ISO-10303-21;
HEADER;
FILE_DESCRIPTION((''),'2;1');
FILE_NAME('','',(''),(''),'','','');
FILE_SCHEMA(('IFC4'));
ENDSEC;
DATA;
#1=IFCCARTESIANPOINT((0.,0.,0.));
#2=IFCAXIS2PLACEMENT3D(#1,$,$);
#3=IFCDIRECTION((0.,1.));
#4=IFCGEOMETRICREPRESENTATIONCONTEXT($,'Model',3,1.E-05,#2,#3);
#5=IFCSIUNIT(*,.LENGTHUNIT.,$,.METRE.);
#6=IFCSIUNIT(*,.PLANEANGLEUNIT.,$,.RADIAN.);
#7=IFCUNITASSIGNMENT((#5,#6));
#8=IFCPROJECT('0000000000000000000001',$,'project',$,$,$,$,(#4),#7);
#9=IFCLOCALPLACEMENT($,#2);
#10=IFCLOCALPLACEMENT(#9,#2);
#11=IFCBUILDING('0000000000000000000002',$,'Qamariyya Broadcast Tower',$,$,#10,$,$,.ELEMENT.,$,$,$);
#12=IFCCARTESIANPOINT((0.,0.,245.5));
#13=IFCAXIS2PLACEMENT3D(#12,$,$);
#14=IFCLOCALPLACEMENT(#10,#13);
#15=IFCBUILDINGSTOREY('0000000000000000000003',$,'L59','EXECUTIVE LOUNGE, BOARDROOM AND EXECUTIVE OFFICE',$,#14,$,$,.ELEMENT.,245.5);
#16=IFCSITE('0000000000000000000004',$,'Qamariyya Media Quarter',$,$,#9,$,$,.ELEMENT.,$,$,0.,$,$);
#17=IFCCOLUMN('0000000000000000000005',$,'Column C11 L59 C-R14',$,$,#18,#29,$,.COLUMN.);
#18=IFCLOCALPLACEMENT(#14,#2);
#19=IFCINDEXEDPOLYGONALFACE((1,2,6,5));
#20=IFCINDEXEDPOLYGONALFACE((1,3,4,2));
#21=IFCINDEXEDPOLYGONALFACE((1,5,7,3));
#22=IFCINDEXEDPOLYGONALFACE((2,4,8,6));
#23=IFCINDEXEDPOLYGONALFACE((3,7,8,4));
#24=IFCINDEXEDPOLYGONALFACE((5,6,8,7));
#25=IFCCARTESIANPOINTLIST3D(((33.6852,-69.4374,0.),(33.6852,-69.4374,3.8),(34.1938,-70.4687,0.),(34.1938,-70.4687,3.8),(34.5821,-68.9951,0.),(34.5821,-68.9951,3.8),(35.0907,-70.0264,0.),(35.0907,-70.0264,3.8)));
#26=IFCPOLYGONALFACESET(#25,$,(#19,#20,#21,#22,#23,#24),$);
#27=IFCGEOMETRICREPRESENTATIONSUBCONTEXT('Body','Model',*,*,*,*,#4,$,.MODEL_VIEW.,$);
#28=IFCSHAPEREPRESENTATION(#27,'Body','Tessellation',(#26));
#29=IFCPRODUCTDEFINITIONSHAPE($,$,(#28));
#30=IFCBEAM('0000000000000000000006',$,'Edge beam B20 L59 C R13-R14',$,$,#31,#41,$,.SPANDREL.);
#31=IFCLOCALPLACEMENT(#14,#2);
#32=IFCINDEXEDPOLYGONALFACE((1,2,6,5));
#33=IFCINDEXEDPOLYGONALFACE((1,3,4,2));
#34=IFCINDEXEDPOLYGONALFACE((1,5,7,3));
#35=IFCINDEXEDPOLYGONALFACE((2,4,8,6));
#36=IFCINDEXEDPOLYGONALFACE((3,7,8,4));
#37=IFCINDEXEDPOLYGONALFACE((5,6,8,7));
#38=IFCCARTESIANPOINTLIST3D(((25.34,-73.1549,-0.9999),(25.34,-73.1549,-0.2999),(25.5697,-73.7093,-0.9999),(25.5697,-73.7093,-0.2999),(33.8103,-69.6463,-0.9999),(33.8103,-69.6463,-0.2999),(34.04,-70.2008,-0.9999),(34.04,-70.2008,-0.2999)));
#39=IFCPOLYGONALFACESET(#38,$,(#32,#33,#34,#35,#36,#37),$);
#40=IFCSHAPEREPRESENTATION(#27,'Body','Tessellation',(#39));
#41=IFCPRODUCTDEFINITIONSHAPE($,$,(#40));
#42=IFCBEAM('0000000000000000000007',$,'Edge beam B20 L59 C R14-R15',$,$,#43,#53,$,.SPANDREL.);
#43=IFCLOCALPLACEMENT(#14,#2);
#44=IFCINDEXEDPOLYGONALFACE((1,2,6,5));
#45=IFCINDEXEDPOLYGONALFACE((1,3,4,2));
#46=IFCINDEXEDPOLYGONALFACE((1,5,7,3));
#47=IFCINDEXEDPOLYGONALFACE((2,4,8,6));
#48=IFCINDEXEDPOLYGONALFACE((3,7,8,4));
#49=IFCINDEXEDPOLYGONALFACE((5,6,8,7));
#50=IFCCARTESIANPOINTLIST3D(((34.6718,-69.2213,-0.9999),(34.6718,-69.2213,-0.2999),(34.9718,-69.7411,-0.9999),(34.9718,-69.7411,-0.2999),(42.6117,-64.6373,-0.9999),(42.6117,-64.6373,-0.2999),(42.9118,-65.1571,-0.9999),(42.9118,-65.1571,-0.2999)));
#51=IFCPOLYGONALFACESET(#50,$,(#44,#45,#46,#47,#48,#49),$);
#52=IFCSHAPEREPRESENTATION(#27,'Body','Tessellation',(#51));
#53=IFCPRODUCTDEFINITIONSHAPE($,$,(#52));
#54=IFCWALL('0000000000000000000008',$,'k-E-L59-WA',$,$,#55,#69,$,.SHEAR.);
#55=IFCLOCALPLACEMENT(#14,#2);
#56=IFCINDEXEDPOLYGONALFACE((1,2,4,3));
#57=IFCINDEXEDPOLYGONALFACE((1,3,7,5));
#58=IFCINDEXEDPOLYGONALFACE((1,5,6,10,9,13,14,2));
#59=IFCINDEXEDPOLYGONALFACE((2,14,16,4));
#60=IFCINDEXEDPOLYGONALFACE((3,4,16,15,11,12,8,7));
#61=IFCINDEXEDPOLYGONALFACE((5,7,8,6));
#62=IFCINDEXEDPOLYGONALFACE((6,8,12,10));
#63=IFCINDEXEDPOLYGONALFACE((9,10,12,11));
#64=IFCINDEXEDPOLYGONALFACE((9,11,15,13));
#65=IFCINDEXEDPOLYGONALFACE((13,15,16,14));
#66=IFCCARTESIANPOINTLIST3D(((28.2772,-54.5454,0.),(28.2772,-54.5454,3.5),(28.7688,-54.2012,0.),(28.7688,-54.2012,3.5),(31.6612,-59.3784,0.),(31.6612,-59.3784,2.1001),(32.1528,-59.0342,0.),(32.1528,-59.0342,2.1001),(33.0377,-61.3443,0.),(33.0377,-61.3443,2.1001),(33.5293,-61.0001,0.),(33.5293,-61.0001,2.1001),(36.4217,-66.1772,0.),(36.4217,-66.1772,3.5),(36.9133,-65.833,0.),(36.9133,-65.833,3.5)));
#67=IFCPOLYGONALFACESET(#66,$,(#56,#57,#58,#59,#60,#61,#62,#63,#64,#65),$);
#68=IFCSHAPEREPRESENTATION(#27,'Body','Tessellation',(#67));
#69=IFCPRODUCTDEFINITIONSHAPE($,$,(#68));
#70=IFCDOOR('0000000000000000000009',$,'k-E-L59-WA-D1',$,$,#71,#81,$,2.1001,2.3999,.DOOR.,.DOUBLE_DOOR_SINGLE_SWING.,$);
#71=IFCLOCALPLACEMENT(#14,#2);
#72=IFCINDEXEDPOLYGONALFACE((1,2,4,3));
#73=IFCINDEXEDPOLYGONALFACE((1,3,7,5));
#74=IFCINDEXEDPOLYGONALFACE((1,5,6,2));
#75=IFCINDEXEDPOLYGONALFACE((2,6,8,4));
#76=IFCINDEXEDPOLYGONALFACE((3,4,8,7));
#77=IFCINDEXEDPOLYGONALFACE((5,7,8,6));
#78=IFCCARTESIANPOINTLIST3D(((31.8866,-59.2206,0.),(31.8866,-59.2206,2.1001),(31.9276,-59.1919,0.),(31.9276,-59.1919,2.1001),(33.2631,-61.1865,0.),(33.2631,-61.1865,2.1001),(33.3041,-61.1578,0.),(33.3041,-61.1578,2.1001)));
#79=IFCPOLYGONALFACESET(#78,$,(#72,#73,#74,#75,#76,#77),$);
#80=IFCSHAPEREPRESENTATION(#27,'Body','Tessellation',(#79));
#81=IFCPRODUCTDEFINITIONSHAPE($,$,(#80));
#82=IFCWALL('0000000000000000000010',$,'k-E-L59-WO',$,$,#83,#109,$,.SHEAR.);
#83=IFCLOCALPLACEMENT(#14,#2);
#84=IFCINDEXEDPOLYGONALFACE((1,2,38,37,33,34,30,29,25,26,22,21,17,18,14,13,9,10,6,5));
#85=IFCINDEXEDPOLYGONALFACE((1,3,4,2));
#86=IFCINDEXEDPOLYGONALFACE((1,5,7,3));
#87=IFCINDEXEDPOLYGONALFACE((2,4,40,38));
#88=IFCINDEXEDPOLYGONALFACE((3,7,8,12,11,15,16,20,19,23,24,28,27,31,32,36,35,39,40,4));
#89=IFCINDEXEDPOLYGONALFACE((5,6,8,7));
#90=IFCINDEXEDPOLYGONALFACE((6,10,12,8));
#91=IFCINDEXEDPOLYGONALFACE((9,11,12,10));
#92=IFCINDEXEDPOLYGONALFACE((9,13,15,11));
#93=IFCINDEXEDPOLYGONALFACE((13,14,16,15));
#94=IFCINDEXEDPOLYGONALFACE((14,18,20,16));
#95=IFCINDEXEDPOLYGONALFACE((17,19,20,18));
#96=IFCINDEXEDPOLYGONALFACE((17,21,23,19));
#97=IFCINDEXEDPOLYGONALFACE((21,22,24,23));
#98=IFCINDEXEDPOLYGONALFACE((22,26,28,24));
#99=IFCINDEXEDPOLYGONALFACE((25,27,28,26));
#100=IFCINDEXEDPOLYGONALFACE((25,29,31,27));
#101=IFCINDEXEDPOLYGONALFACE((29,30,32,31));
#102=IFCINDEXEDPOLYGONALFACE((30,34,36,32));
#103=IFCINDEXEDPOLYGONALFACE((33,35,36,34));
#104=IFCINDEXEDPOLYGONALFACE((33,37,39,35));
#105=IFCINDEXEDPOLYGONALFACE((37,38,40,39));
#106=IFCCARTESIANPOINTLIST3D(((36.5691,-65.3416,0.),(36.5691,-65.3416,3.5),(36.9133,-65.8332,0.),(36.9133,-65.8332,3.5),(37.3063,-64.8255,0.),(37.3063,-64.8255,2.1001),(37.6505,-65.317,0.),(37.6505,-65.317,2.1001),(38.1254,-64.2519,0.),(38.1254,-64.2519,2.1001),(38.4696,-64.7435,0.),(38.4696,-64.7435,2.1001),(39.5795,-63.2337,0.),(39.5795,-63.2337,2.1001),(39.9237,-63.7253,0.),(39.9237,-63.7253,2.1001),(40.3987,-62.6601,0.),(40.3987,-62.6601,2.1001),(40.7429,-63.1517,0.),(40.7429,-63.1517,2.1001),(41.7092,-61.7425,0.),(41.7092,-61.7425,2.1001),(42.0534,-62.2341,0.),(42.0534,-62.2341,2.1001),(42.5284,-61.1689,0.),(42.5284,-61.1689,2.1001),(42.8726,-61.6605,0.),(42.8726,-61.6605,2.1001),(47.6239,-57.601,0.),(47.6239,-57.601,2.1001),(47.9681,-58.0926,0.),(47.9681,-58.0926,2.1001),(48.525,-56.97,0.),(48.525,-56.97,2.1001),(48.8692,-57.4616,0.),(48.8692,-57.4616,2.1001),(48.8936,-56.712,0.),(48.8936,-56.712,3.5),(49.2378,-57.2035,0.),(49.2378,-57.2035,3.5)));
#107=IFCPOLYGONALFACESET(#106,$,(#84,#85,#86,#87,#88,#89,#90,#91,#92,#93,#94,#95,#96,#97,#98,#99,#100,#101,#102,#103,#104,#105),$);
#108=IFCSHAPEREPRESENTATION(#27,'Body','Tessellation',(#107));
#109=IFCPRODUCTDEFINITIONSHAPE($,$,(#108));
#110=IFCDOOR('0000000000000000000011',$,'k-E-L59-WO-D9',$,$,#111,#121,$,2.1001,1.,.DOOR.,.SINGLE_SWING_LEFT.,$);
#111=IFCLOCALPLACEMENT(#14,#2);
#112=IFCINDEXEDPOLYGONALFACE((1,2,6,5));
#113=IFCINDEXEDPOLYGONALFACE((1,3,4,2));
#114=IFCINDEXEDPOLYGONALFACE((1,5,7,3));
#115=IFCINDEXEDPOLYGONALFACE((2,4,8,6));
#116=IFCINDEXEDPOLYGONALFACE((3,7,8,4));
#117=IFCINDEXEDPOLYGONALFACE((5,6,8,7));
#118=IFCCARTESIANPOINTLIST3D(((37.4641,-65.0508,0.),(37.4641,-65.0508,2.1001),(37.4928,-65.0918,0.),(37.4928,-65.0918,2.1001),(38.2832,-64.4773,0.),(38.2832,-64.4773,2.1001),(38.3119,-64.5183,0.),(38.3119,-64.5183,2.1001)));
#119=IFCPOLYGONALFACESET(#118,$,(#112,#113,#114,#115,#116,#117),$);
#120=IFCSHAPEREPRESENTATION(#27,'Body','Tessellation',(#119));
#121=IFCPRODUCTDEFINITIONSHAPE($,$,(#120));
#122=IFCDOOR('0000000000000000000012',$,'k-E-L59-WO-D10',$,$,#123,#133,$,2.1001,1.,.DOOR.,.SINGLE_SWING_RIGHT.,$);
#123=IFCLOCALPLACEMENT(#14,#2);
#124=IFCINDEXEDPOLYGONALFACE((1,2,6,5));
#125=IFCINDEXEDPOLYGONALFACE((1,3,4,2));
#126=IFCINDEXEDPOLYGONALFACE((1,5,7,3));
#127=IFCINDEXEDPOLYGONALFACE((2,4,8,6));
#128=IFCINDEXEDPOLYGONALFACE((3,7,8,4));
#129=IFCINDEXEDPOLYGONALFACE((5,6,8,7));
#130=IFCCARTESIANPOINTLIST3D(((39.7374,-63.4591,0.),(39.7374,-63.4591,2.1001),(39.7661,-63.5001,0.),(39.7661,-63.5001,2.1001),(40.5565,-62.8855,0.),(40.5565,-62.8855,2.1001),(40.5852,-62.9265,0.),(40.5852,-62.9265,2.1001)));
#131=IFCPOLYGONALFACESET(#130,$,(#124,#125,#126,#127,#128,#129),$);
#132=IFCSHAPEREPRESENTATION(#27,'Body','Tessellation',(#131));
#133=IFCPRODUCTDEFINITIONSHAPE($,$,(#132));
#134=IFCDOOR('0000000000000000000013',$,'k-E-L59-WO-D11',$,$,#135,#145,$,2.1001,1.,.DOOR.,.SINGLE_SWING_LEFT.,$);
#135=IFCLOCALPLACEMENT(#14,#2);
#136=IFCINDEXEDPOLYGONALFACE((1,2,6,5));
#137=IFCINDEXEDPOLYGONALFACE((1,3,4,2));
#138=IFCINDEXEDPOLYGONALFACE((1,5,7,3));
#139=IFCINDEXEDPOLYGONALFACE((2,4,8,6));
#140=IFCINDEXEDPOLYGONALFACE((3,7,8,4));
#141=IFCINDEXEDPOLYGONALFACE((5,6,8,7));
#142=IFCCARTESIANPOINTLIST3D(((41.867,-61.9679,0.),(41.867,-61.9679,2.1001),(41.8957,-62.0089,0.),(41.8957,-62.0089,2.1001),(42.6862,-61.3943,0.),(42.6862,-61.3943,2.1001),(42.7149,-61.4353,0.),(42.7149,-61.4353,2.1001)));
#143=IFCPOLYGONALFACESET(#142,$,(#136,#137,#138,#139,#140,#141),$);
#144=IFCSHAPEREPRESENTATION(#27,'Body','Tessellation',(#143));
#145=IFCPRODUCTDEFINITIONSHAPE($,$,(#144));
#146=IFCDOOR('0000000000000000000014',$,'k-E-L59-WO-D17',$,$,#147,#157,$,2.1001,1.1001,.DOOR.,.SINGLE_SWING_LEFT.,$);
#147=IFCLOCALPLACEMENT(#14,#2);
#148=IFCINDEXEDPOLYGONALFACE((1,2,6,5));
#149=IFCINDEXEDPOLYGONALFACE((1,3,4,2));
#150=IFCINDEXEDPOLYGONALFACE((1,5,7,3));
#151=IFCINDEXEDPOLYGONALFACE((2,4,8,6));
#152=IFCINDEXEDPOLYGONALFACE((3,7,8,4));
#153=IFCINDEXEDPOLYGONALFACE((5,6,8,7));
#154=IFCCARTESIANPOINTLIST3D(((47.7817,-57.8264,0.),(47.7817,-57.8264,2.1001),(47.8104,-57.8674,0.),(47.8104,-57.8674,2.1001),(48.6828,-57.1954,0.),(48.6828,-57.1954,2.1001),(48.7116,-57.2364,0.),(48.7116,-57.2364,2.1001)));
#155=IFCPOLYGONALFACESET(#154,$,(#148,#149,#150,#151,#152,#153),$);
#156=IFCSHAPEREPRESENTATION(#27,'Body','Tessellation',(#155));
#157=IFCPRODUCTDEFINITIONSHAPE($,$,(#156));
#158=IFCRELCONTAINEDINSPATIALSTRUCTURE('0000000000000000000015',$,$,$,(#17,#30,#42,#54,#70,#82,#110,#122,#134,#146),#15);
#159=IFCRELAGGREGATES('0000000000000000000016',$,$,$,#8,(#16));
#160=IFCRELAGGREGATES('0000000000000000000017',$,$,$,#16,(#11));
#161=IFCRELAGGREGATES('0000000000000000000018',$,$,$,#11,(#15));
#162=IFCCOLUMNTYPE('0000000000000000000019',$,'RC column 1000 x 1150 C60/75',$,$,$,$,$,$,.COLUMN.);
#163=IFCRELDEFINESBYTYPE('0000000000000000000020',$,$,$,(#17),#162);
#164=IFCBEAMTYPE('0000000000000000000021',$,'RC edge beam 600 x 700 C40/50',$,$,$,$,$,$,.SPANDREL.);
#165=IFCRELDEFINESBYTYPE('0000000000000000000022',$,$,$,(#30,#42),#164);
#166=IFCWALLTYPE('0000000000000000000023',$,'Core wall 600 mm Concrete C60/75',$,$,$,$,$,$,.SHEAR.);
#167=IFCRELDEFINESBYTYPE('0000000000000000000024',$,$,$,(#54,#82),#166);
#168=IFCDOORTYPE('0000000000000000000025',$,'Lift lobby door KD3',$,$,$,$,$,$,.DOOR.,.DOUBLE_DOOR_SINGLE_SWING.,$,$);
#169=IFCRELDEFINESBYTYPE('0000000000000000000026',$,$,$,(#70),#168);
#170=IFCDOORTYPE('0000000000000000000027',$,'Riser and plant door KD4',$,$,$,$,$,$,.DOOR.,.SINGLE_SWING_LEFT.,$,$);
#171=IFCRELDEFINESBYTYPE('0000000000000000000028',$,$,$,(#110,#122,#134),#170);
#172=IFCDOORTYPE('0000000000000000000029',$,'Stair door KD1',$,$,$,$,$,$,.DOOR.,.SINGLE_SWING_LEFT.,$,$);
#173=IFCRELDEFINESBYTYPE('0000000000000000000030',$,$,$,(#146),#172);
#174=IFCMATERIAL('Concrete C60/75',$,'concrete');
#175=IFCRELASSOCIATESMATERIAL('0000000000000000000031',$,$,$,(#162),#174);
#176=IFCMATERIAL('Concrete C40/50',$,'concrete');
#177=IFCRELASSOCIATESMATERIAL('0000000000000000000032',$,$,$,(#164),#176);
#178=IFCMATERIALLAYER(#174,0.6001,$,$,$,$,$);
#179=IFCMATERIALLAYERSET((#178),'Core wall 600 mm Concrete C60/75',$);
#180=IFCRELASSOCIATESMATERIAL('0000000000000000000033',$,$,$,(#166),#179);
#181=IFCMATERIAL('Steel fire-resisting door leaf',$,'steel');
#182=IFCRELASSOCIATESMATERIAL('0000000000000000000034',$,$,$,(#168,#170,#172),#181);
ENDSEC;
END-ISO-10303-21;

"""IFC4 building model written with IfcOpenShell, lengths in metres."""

from ifc_helpers import new_model, si_unit, direction, frame, frame_2d, origin, origin_2d, place, context, subcontext, project, spatial, rectangle, extrude, material, layer, layer_set, material_profile, profile_set, type_object, element, fill, save


model = new_model("IFC4")

# Units and contexts
model_context = context("Model", 3, precision=1e-05, world=origin(), true_north=direction((0.0, 1.0)))
body_context = subcontext(model_context, "Body", "Model", "MODEL_VIEW")
ifc_project = project(units=[si_unit("LENGTHUNIT", "METRE"), si_unit("PLANEANGLEUNIT", "RADIAN")], contexts=[model_context])

# Site, building, storey
site_placement = place(None, origin())
site = spatial("IfcSite", under=ifc_project, at=site_placement, Name="Qamariyya Media Quarter", CompositionType="ELEMENT", RefElevation=0.0)
building_placement = place(site_placement, origin())
building = spatial("IfcBuilding", under=site, at=building_placement, Name="Qamariyya Broadcast Tower", CompositionType="ELEMENT")
storey_placement = place(building_placement, frame((0.0, 0.0, 245.5)))
storey = spatial("IfcBuildingStorey", under=building, at=storey_placement, Name="L59", Description="EXECUTIVE LOUNGE, BOARDROOM AND EXECUTIVE OFFICE", CompositionType="ELEMENT", Elevation=245.5)

# Column
ifc_material_1 = material(Name="Concrete C60/75", Category="concrete")
ifc_material_profile_1 = material_profile(ifc_material_1, rectangle(XDim=1.0, YDim=1.1499, at=origin_2d()))
ifc_profile_set_1 = profile_set([ifc_material_profile_1], Name="Concrete C60/75")
column_type = type_object("IfcColumnType", Name="RC column 1000 x 1150 C60/75", PredefinedType="COLUMN", material=ifc_profile_set_1)
column_placement = place(storey_placement, frame((34.3879, -69.7319, 0.0), z_axis=(0.0, 0.0, 1.0), x_axis=(0.896873, 0.442289, 0.0)))
element("IfcColumn", 1, at=column_placement, inside=storey, type_object=column_type, Name="Column C11 L59 C-R14", PredefinedType="COLUMN", context=body_context, shape_type="SweptSolid", body=[
    extrude(rectangle(XDim=1.0, YDim=1.1499, at=origin_2d()), origin(), (0.0, 0.0, 1.0), 3.8),
])

# Beams
ifc_material_2 = material(Name="Concrete C40/50", Category="concrete")
ifc_material_profile_2 = material_profile(ifc_material_2, rectangle(XDim=0.6001, YDim=0.7, at=origin_2d()))
ifc_profile_set_2 = profile_set([ifc_material_profile_2], Name="Concrete C40/50")
beam_type = type_object("IfcBeamType", Name="RC edge beam 600 x 700 C40/50", PredefinedType="SPANDREL", material=ifc_profile_set_2)
for number, where, z_axis, x_axis, name in (
    (2, (25.4548, -73.4321, -0.6499), (0.923877, 0.38269, 0.0), (-0.38269, 0.923877, 0.0), "Edge beam B20 L59 C R13-R14"),
    (3, (34.8218, -69.4812, -0.6499), (0.866032, 0.499988, 0.0), (-0.499988, 0.866032, 0.0), "Edge beam B20 L59 C R14-R15"),
):
    element("IfcBeam", number, at=place(storey_placement, frame(where, z_axis=z_axis, x_axis=x_axis)), inside=storey, type_object=beam_type, Name=name, PredefinedType="SPANDREL", context=body_context, shape_type="SweptSolid", body=[
        extrude(rectangle(XDim=0.6001, YDim=0.7, at=origin_2d()), origin(), (0.0, 0.0, 1.0), 9.1682),
    ])

# Wall, opening, door
ifc_layer_1 = layer(ifc_material_1, 0.6001)
ifc_layer_set_1 = layer_set([ifc_layer_1], Name="Core wall 600 mm Concrete C60/75")
wall_type_1 = type_object("IfcWallType", Name="Core wall 600 mm Concrete C60/75", PredefinedType="SHEAR", material=ifc_layer_set_1)
wall_1_placement = place(storey_placement, frame((36.6675, -66.0051, 0.0), z_axis=(0.0, 0.0, 1.0), x_axis=(-0.573568, 0.819158, 0.0)))
wall_1 = element("IfcWall", 4, at=wall_1_placement, inside=storey, type_object=wall_type_1, Name="k-E-L59-WA", PredefinedType="SHEAR", context=body_context, shape_type="SweptSolid", body=[
    extrude(rectangle(XDim=14.1997, YDim=0.6001, at=frame_2d((7.0999, 0.0))), origin(), (0.0, 0.0, 1.0), 3.5),
])
opening_1_placement = place(wall_1_placement, frame((5.8999, 0.0, 0.0)))
opening_1 = element("IfcOpeningElement", 5, at=opening_1_placement, cuts=wall_1, PredefinedType="OPENING", context=body_context, shape_type="SweptSolid", body=[
    extrude(rectangle(XDim=2.3999, YDim=2.1001, at=frame_2d((1.2, 1.05))), frame((0.0, 0.3101, 0.0), z_axis=(0.0, -1.0, 0.0), x_axis=(1.0, 0.0, 0.0)), (0.0, 0.0, 1.0), 0.6201),
])
ifc_material_3 = material(Name="Steel fire-resisting door leaf", Category="steel")
door_type_1 = type_object("IfcDoorType", Name="Lift lobby door KD3", OperationType="DOUBLE_DOOR_SINGLE_SWING", PredefinedType="DOOR", material=ifc_material_3)
door_1_placement = place(opening_1_placement, origin())
door_1 = element("IfcDoor", 6, at=door_1_placement, inside=storey, type_object=door_type_1, Name="k-E-L59-WA-D1", OperationType="DOUBLE_DOOR_SINGLE_SWING", OverallHeight=2.1001, OverallWidth=2.3999, PredefinedType="DOOR", context=body_context, shape_type="SweptSolid", body=[
    extrude(rectangle(XDim=2.3999, YDim=2.1001, at=frame_2d((1.2, 1.05))), frame((0.0, 0.0249, 0.0), z_axis=(0.0, -1.0, 0.0), x_axis=(1.0, 0.0, 0.0)), (0.0, 0.0, 1.0), 0.05),
])
fill(opening_1, door_1)

# Wall, openings, doors
wall_2_placement = place(storey_placement, frame((36.7412, -65.5874, 0.0), z_axis=(0.0, 0.0, 1.0), x_axis=(0.819153, 0.573575, 0.0)))
wall_2 = element("IfcWall", 7, at=wall_2_placement, inside=storey, type_object=wall_type_1, Name="k-E-L59-WO", PredefinedType="SHEAR", context=body_context, shape_type="SweptSolid", body=[
    extrude(rectangle(XDim=15.0454, YDim=0.6001, at=frame_2d((7.5227, 0.0))), origin(), (0.0, 0.0, 1.0), 3.5),
])
opening_2_placement = place(wall_2_placement, frame((0.8999, 0.0, 0.0)))
opening_2 = element("IfcOpeningElement", 8, at=opening_2_placement, cuts=wall_2, PredefinedType="OPENING", context=body_context, shape_type="SweptSolid", body=[
    extrude(rectangle(XDim=1.0, YDim=2.1001, at=frame_2d((0.5, 1.05))), frame((0.0, 0.3101, 0.0), z_axis=(0.0, -1.0, 0.0), x_axis=(1.0, 0.0, 0.0)), (0.0, 0.0, 1.0), 0.6201),
])
opening_3_placement = place(wall_2_placement, frame((3.675, 0.0, 0.0)))
opening_3 = element("IfcOpeningElement", 9, at=opening_3_placement, cuts=wall_2, PredefinedType="OPENING", context=body_context, shape_type="SweptSolid", body=[
    extrude(rectangle(XDim=1.0, YDim=2.1001, at=frame_2d((0.5, 1.05))), frame((0.0, 0.3101, 0.0), z_axis=(0.0, -1.0, 0.0), x_axis=(1.0, 0.0, 0.0)), (0.0, 0.0, 1.0), 0.6201),
])
opening_4_placement = place(wall_2_placement, frame((6.2749, 0.0, 0.0)))
opening_4 = element("IfcOpeningElement", 10, at=opening_4_placement, cuts=wall_2, PredefinedType="OPENING", context=body_context, shape_type="SweptSolid", body=[
    extrude(rectangle(XDim=1.0, YDim=2.1001, at=frame_2d((0.5, 1.05))), frame((0.0, 0.3101, 0.0), z_axis=(0.0, -1.0, 0.0), x_axis=(1.0, 0.0, 0.0)), (0.0, 0.0, 1.0), 0.6201),
])
opening_5_placement = place(wall_2_placement, frame((13.4954, 0.0, 0.0)))
opening_5 = element("IfcOpeningElement", 11, at=opening_5_placement, cuts=wall_2, PredefinedType="OPENING", context=body_context, shape_type="SweptSolid", body=[
    extrude(rectangle(XDim=1.1001, YDim=2.1001, at=frame_2d((0.55, 1.05))), frame((0.0, 0.3101, 0.0), z_axis=(0.0, -1.0, 0.0), x_axis=(1.0, 0.0, 0.0)), (0.0, 0.0, 1.0), 0.6201),
])
door_type_2 = type_object("IfcDoorType", Name="Riser and plant door KD4", OperationType="SINGLE_SWING_LEFT", PredefinedType="DOOR", material=ifc_material_3)
door_2_placement = place(opening_2_placement, origin())
door_2 = element("IfcDoor", 12, at=door_2_placement, inside=storey, type_object=door_type_2, Name="k-E-L59-WO-D9", OperationType="SINGLE_SWING_LEFT", OverallHeight=2.1001, OverallWidth=1.0, PredefinedType="DOOR", context=body_context, shape_type="SweptSolid", body=[
    extrude(rectangle(XDim=1.0, YDim=2.1001, at=frame_2d((0.5, 1.05))), frame((0.0, 0.0249, 0.0), z_axis=(0.0, -1.0, 0.0), x_axis=(1.0, 0.0, 0.0)), (0.0, 0.0, 1.0), 0.05),
])
fill(opening_2, door_2)
door_3_placement = place(opening_3_placement, origin())
door_3 = element("IfcDoor", 13, at=door_3_placement, inside=storey, type_object=door_type_2, Name="k-E-L59-WO-D10", OperationType="SINGLE_SWING_RIGHT", OverallHeight=2.1001, OverallWidth=1.0, PredefinedType="DOOR", context=body_context, shape_type="SweptSolid", body=[
    extrude(rectangle(XDim=1.0, YDim=2.1001, at=frame_2d((0.5, 1.05))), frame((0.0, 0.0249, 0.0), z_axis=(0.0, -1.0, 0.0), x_axis=(1.0, 0.0, 0.0)), (0.0, 0.0, 1.0), 0.05),
])
fill(opening_3, door_3)
door_4_placement = place(opening_4_placement, origin())
door_4 = element("IfcDoor", 14, at=door_4_placement, inside=storey, type_object=door_type_2, Name="k-E-L59-WO-D11", OperationType="SINGLE_SWING_LEFT", OverallHeight=2.1001, OverallWidth=1.0, PredefinedType="DOOR", context=body_context, shape_type="SweptSolid", body=[
    extrude(rectangle(XDim=1.0, YDim=2.1001, at=frame_2d((0.5, 1.05))), frame((0.0, 0.0249, 0.0), z_axis=(0.0, -1.0, 0.0), x_axis=(1.0, 0.0, 0.0)), (0.0, 0.0, 1.0), 0.05),
])
fill(opening_4, door_4)
door_type_3 = type_object("IfcDoorType", Name="Stair door KD1", OperationType="SINGLE_SWING_LEFT", PredefinedType="DOOR", material=ifc_material_3)
door_5_placement = place(opening_5_placement, origin())
door_5 = element("IfcDoor", 15, at=door_5_placement, inside=storey, type_object=door_type_3, Name="k-E-L59-WO-D17", OperationType="SINGLE_SWING_LEFT", OverallHeight=2.1001, OverallWidth=1.1001, PredefinedType="DOOR", context=body_context, shape_type="SweptSolid", body=[
    extrude(rectangle(XDim=1.1001, YDim=2.1001, at=frame_2d((0.55, 1.05))), frame((0.0, 0.0249, 0.0), z_axis=(0.0, -1.0, 0.0), x_axis=(1.0, 0.0, 0.0)), (0.0, 0.0, 1.0), 0.05),
])
fill(opening_5, door_5)

save(model, "model.ifc")
